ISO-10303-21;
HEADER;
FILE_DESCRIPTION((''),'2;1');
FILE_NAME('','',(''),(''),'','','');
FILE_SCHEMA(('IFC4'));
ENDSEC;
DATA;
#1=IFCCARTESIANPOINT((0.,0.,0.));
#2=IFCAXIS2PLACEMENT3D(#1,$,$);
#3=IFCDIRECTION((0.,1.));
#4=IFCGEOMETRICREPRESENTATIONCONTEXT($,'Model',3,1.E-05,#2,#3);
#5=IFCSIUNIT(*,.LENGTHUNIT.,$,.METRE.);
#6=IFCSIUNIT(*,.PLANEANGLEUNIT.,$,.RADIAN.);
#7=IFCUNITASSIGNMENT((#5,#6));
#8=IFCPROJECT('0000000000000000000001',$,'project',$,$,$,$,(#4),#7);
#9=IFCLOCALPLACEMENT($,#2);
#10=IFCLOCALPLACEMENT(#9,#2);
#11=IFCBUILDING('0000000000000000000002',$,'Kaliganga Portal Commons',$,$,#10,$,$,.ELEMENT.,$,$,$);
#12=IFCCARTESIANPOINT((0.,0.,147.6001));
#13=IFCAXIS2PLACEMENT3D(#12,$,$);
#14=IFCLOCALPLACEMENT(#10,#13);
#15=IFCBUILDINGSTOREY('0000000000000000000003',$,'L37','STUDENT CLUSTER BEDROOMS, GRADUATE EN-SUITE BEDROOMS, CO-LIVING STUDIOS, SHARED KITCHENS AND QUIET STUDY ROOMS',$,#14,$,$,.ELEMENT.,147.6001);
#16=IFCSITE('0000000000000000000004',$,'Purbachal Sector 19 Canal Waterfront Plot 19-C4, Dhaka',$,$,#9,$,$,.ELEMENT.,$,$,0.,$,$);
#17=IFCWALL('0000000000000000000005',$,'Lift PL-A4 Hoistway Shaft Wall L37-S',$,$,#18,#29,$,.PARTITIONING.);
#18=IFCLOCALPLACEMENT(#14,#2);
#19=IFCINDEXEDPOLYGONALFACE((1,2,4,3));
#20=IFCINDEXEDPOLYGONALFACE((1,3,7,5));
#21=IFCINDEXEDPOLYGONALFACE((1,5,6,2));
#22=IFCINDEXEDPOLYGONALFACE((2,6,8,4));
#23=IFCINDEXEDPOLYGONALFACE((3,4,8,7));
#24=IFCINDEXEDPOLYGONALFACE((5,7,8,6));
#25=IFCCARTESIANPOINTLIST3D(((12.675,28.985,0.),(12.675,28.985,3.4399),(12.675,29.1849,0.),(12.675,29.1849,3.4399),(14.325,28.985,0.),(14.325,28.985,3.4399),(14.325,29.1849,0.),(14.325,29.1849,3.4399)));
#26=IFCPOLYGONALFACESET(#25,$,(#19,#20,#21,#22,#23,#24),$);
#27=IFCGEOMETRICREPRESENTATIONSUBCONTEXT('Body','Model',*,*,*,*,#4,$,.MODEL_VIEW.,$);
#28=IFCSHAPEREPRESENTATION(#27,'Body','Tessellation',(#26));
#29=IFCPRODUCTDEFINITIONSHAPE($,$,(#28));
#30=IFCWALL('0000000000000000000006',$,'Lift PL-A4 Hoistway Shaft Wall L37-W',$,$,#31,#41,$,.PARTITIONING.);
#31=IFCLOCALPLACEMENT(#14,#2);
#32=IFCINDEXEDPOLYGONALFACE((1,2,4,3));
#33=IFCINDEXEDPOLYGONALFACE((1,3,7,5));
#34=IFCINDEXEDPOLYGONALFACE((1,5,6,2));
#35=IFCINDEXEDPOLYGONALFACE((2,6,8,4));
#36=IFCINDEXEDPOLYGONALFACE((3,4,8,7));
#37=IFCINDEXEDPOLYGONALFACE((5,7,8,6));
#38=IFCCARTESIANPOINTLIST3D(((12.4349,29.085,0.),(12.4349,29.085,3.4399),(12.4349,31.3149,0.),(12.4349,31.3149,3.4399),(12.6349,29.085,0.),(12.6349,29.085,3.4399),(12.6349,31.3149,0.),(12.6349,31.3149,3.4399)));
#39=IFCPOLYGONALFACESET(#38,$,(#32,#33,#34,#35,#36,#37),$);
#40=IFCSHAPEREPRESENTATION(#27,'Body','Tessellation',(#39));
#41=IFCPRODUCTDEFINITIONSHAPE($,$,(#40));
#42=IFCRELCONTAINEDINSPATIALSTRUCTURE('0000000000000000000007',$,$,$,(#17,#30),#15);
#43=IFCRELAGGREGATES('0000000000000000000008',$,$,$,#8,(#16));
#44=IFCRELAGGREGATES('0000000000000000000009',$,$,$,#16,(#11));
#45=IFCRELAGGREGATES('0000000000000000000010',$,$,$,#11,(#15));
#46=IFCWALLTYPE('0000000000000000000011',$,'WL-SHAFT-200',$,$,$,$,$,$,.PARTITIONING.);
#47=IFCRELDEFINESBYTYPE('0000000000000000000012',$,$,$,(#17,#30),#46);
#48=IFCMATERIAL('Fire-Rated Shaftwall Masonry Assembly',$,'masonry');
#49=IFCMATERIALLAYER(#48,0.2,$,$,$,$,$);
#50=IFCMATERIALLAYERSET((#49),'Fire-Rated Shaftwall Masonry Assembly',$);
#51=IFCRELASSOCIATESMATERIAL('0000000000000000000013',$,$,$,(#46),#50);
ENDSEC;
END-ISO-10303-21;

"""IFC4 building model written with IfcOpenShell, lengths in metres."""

from ifc_helpers import new_model, si_unit, direction, frame, frame_2d, origin, place, context, subcontext, project, spatial, rectangle, extrude, material, layer, layer_set, type_object, element, save


model = new_model("IFC4")

# Units and contexts
model_context = context("Model", 3, precision=1e-05, world=origin(), true_north=direction((0.0, 1.0)))
body_context = subcontext(model_context, "Body", "Model", "MODEL_VIEW")
ifc_project = project(units=[si_unit("LENGTHUNIT", "METRE"), si_unit("PLANEANGLEUNIT", "RADIAN")], contexts=[model_context])

# Site, building, storey
site_placement = place(None, origin())
site = spatial("IfcSite", under=ifc_project, at=site_placement, Name="Purbachal Sector 19 Canal Waterfront Plot 19-C4, Dhaka", CompositionType="ELEMENT", RefElevation=0.0)
building_placement = place(site_placement, origin())
building = spatial("IfcBuilding", under=site, at=building_placement, Name="Kaliganga Portal Commons", CompositionType="ELEMENT")
storey_placement = place(building_placement, frame((0.0, 0.0, 147.6001)))
storey = spatial("IfcBuildingStorey", under=building, at=storey_placement, Name="L37", Description="STUDENT CLUSTER BEDROOMS, GRADUATE EN-SUITE BEDROOMS, CO-LIVING STUDIOS, SHARED KITCHENS AND QUIET STUDY ROOMS", CompositionType="ELEMENT", Elevation=147.6001)

# Walls
ifc_material_1 = material(Name="Fire-Rated Shaftwall Masonry Assembly", Category="masonry")
ifc_layer_1 = layer(ifc_material_1, 0.2)
ifc_layer_set_1 = layer_set([ifc_layer_1], Name="Fire-Rated Shaftwall Masonry Assembly")
wall_type_1 = type_object("IfcWallType", Name="WL-SHAFT-200", PredefinedType="PARTITIONING", material=ifc_layer_set_1)
wall_1_placement = place(storey_placement, frame((12.675, 29.085, 0.0), z_axis=(0.0, 0.0, 1.0), x_axis=(1.0, 0.0, 0.0)))
element("IfcWall", 1, at=wall_1_placement, inside=storey, type_object=wall_type_1, Name="Lift PL-A4 Hoistway Shaft Wall L37-S", PredefinedType="PARTITIONING", context=body_context, shape_type="SweptSolid", body=[
    extrude(rectangle(XDim=1.6499, YDim=0.2, at=frame_2d((0.825, 0.0))), origin(), (0.0, 0.0, 1.0), 3.4399),
])
wall_2_placement = place(storey_placement, frame((12.5349, 29.085, 0.0), z_axis=(0.0, 0.0, 1.0), x_axis=(0.0, 1.0, 0.0)))
element("IfcWall", 2, at=wall_2_placement, inside=storey, type_object=wall_type_1, Name="Lift PL-A4 Hoistway Shaft Wall L37-W", PredefinedType="PARTITIONING", context=body_context, shape_type="SweptSolid", body=[
    extrude(rectangle(XDim=2.23, YDim=0.2, at=frame_2d((1.115, 0.0))), origin(), (0.0, 0.0, 1.0), 3.4399),
])

save(model, "model.ifc")
